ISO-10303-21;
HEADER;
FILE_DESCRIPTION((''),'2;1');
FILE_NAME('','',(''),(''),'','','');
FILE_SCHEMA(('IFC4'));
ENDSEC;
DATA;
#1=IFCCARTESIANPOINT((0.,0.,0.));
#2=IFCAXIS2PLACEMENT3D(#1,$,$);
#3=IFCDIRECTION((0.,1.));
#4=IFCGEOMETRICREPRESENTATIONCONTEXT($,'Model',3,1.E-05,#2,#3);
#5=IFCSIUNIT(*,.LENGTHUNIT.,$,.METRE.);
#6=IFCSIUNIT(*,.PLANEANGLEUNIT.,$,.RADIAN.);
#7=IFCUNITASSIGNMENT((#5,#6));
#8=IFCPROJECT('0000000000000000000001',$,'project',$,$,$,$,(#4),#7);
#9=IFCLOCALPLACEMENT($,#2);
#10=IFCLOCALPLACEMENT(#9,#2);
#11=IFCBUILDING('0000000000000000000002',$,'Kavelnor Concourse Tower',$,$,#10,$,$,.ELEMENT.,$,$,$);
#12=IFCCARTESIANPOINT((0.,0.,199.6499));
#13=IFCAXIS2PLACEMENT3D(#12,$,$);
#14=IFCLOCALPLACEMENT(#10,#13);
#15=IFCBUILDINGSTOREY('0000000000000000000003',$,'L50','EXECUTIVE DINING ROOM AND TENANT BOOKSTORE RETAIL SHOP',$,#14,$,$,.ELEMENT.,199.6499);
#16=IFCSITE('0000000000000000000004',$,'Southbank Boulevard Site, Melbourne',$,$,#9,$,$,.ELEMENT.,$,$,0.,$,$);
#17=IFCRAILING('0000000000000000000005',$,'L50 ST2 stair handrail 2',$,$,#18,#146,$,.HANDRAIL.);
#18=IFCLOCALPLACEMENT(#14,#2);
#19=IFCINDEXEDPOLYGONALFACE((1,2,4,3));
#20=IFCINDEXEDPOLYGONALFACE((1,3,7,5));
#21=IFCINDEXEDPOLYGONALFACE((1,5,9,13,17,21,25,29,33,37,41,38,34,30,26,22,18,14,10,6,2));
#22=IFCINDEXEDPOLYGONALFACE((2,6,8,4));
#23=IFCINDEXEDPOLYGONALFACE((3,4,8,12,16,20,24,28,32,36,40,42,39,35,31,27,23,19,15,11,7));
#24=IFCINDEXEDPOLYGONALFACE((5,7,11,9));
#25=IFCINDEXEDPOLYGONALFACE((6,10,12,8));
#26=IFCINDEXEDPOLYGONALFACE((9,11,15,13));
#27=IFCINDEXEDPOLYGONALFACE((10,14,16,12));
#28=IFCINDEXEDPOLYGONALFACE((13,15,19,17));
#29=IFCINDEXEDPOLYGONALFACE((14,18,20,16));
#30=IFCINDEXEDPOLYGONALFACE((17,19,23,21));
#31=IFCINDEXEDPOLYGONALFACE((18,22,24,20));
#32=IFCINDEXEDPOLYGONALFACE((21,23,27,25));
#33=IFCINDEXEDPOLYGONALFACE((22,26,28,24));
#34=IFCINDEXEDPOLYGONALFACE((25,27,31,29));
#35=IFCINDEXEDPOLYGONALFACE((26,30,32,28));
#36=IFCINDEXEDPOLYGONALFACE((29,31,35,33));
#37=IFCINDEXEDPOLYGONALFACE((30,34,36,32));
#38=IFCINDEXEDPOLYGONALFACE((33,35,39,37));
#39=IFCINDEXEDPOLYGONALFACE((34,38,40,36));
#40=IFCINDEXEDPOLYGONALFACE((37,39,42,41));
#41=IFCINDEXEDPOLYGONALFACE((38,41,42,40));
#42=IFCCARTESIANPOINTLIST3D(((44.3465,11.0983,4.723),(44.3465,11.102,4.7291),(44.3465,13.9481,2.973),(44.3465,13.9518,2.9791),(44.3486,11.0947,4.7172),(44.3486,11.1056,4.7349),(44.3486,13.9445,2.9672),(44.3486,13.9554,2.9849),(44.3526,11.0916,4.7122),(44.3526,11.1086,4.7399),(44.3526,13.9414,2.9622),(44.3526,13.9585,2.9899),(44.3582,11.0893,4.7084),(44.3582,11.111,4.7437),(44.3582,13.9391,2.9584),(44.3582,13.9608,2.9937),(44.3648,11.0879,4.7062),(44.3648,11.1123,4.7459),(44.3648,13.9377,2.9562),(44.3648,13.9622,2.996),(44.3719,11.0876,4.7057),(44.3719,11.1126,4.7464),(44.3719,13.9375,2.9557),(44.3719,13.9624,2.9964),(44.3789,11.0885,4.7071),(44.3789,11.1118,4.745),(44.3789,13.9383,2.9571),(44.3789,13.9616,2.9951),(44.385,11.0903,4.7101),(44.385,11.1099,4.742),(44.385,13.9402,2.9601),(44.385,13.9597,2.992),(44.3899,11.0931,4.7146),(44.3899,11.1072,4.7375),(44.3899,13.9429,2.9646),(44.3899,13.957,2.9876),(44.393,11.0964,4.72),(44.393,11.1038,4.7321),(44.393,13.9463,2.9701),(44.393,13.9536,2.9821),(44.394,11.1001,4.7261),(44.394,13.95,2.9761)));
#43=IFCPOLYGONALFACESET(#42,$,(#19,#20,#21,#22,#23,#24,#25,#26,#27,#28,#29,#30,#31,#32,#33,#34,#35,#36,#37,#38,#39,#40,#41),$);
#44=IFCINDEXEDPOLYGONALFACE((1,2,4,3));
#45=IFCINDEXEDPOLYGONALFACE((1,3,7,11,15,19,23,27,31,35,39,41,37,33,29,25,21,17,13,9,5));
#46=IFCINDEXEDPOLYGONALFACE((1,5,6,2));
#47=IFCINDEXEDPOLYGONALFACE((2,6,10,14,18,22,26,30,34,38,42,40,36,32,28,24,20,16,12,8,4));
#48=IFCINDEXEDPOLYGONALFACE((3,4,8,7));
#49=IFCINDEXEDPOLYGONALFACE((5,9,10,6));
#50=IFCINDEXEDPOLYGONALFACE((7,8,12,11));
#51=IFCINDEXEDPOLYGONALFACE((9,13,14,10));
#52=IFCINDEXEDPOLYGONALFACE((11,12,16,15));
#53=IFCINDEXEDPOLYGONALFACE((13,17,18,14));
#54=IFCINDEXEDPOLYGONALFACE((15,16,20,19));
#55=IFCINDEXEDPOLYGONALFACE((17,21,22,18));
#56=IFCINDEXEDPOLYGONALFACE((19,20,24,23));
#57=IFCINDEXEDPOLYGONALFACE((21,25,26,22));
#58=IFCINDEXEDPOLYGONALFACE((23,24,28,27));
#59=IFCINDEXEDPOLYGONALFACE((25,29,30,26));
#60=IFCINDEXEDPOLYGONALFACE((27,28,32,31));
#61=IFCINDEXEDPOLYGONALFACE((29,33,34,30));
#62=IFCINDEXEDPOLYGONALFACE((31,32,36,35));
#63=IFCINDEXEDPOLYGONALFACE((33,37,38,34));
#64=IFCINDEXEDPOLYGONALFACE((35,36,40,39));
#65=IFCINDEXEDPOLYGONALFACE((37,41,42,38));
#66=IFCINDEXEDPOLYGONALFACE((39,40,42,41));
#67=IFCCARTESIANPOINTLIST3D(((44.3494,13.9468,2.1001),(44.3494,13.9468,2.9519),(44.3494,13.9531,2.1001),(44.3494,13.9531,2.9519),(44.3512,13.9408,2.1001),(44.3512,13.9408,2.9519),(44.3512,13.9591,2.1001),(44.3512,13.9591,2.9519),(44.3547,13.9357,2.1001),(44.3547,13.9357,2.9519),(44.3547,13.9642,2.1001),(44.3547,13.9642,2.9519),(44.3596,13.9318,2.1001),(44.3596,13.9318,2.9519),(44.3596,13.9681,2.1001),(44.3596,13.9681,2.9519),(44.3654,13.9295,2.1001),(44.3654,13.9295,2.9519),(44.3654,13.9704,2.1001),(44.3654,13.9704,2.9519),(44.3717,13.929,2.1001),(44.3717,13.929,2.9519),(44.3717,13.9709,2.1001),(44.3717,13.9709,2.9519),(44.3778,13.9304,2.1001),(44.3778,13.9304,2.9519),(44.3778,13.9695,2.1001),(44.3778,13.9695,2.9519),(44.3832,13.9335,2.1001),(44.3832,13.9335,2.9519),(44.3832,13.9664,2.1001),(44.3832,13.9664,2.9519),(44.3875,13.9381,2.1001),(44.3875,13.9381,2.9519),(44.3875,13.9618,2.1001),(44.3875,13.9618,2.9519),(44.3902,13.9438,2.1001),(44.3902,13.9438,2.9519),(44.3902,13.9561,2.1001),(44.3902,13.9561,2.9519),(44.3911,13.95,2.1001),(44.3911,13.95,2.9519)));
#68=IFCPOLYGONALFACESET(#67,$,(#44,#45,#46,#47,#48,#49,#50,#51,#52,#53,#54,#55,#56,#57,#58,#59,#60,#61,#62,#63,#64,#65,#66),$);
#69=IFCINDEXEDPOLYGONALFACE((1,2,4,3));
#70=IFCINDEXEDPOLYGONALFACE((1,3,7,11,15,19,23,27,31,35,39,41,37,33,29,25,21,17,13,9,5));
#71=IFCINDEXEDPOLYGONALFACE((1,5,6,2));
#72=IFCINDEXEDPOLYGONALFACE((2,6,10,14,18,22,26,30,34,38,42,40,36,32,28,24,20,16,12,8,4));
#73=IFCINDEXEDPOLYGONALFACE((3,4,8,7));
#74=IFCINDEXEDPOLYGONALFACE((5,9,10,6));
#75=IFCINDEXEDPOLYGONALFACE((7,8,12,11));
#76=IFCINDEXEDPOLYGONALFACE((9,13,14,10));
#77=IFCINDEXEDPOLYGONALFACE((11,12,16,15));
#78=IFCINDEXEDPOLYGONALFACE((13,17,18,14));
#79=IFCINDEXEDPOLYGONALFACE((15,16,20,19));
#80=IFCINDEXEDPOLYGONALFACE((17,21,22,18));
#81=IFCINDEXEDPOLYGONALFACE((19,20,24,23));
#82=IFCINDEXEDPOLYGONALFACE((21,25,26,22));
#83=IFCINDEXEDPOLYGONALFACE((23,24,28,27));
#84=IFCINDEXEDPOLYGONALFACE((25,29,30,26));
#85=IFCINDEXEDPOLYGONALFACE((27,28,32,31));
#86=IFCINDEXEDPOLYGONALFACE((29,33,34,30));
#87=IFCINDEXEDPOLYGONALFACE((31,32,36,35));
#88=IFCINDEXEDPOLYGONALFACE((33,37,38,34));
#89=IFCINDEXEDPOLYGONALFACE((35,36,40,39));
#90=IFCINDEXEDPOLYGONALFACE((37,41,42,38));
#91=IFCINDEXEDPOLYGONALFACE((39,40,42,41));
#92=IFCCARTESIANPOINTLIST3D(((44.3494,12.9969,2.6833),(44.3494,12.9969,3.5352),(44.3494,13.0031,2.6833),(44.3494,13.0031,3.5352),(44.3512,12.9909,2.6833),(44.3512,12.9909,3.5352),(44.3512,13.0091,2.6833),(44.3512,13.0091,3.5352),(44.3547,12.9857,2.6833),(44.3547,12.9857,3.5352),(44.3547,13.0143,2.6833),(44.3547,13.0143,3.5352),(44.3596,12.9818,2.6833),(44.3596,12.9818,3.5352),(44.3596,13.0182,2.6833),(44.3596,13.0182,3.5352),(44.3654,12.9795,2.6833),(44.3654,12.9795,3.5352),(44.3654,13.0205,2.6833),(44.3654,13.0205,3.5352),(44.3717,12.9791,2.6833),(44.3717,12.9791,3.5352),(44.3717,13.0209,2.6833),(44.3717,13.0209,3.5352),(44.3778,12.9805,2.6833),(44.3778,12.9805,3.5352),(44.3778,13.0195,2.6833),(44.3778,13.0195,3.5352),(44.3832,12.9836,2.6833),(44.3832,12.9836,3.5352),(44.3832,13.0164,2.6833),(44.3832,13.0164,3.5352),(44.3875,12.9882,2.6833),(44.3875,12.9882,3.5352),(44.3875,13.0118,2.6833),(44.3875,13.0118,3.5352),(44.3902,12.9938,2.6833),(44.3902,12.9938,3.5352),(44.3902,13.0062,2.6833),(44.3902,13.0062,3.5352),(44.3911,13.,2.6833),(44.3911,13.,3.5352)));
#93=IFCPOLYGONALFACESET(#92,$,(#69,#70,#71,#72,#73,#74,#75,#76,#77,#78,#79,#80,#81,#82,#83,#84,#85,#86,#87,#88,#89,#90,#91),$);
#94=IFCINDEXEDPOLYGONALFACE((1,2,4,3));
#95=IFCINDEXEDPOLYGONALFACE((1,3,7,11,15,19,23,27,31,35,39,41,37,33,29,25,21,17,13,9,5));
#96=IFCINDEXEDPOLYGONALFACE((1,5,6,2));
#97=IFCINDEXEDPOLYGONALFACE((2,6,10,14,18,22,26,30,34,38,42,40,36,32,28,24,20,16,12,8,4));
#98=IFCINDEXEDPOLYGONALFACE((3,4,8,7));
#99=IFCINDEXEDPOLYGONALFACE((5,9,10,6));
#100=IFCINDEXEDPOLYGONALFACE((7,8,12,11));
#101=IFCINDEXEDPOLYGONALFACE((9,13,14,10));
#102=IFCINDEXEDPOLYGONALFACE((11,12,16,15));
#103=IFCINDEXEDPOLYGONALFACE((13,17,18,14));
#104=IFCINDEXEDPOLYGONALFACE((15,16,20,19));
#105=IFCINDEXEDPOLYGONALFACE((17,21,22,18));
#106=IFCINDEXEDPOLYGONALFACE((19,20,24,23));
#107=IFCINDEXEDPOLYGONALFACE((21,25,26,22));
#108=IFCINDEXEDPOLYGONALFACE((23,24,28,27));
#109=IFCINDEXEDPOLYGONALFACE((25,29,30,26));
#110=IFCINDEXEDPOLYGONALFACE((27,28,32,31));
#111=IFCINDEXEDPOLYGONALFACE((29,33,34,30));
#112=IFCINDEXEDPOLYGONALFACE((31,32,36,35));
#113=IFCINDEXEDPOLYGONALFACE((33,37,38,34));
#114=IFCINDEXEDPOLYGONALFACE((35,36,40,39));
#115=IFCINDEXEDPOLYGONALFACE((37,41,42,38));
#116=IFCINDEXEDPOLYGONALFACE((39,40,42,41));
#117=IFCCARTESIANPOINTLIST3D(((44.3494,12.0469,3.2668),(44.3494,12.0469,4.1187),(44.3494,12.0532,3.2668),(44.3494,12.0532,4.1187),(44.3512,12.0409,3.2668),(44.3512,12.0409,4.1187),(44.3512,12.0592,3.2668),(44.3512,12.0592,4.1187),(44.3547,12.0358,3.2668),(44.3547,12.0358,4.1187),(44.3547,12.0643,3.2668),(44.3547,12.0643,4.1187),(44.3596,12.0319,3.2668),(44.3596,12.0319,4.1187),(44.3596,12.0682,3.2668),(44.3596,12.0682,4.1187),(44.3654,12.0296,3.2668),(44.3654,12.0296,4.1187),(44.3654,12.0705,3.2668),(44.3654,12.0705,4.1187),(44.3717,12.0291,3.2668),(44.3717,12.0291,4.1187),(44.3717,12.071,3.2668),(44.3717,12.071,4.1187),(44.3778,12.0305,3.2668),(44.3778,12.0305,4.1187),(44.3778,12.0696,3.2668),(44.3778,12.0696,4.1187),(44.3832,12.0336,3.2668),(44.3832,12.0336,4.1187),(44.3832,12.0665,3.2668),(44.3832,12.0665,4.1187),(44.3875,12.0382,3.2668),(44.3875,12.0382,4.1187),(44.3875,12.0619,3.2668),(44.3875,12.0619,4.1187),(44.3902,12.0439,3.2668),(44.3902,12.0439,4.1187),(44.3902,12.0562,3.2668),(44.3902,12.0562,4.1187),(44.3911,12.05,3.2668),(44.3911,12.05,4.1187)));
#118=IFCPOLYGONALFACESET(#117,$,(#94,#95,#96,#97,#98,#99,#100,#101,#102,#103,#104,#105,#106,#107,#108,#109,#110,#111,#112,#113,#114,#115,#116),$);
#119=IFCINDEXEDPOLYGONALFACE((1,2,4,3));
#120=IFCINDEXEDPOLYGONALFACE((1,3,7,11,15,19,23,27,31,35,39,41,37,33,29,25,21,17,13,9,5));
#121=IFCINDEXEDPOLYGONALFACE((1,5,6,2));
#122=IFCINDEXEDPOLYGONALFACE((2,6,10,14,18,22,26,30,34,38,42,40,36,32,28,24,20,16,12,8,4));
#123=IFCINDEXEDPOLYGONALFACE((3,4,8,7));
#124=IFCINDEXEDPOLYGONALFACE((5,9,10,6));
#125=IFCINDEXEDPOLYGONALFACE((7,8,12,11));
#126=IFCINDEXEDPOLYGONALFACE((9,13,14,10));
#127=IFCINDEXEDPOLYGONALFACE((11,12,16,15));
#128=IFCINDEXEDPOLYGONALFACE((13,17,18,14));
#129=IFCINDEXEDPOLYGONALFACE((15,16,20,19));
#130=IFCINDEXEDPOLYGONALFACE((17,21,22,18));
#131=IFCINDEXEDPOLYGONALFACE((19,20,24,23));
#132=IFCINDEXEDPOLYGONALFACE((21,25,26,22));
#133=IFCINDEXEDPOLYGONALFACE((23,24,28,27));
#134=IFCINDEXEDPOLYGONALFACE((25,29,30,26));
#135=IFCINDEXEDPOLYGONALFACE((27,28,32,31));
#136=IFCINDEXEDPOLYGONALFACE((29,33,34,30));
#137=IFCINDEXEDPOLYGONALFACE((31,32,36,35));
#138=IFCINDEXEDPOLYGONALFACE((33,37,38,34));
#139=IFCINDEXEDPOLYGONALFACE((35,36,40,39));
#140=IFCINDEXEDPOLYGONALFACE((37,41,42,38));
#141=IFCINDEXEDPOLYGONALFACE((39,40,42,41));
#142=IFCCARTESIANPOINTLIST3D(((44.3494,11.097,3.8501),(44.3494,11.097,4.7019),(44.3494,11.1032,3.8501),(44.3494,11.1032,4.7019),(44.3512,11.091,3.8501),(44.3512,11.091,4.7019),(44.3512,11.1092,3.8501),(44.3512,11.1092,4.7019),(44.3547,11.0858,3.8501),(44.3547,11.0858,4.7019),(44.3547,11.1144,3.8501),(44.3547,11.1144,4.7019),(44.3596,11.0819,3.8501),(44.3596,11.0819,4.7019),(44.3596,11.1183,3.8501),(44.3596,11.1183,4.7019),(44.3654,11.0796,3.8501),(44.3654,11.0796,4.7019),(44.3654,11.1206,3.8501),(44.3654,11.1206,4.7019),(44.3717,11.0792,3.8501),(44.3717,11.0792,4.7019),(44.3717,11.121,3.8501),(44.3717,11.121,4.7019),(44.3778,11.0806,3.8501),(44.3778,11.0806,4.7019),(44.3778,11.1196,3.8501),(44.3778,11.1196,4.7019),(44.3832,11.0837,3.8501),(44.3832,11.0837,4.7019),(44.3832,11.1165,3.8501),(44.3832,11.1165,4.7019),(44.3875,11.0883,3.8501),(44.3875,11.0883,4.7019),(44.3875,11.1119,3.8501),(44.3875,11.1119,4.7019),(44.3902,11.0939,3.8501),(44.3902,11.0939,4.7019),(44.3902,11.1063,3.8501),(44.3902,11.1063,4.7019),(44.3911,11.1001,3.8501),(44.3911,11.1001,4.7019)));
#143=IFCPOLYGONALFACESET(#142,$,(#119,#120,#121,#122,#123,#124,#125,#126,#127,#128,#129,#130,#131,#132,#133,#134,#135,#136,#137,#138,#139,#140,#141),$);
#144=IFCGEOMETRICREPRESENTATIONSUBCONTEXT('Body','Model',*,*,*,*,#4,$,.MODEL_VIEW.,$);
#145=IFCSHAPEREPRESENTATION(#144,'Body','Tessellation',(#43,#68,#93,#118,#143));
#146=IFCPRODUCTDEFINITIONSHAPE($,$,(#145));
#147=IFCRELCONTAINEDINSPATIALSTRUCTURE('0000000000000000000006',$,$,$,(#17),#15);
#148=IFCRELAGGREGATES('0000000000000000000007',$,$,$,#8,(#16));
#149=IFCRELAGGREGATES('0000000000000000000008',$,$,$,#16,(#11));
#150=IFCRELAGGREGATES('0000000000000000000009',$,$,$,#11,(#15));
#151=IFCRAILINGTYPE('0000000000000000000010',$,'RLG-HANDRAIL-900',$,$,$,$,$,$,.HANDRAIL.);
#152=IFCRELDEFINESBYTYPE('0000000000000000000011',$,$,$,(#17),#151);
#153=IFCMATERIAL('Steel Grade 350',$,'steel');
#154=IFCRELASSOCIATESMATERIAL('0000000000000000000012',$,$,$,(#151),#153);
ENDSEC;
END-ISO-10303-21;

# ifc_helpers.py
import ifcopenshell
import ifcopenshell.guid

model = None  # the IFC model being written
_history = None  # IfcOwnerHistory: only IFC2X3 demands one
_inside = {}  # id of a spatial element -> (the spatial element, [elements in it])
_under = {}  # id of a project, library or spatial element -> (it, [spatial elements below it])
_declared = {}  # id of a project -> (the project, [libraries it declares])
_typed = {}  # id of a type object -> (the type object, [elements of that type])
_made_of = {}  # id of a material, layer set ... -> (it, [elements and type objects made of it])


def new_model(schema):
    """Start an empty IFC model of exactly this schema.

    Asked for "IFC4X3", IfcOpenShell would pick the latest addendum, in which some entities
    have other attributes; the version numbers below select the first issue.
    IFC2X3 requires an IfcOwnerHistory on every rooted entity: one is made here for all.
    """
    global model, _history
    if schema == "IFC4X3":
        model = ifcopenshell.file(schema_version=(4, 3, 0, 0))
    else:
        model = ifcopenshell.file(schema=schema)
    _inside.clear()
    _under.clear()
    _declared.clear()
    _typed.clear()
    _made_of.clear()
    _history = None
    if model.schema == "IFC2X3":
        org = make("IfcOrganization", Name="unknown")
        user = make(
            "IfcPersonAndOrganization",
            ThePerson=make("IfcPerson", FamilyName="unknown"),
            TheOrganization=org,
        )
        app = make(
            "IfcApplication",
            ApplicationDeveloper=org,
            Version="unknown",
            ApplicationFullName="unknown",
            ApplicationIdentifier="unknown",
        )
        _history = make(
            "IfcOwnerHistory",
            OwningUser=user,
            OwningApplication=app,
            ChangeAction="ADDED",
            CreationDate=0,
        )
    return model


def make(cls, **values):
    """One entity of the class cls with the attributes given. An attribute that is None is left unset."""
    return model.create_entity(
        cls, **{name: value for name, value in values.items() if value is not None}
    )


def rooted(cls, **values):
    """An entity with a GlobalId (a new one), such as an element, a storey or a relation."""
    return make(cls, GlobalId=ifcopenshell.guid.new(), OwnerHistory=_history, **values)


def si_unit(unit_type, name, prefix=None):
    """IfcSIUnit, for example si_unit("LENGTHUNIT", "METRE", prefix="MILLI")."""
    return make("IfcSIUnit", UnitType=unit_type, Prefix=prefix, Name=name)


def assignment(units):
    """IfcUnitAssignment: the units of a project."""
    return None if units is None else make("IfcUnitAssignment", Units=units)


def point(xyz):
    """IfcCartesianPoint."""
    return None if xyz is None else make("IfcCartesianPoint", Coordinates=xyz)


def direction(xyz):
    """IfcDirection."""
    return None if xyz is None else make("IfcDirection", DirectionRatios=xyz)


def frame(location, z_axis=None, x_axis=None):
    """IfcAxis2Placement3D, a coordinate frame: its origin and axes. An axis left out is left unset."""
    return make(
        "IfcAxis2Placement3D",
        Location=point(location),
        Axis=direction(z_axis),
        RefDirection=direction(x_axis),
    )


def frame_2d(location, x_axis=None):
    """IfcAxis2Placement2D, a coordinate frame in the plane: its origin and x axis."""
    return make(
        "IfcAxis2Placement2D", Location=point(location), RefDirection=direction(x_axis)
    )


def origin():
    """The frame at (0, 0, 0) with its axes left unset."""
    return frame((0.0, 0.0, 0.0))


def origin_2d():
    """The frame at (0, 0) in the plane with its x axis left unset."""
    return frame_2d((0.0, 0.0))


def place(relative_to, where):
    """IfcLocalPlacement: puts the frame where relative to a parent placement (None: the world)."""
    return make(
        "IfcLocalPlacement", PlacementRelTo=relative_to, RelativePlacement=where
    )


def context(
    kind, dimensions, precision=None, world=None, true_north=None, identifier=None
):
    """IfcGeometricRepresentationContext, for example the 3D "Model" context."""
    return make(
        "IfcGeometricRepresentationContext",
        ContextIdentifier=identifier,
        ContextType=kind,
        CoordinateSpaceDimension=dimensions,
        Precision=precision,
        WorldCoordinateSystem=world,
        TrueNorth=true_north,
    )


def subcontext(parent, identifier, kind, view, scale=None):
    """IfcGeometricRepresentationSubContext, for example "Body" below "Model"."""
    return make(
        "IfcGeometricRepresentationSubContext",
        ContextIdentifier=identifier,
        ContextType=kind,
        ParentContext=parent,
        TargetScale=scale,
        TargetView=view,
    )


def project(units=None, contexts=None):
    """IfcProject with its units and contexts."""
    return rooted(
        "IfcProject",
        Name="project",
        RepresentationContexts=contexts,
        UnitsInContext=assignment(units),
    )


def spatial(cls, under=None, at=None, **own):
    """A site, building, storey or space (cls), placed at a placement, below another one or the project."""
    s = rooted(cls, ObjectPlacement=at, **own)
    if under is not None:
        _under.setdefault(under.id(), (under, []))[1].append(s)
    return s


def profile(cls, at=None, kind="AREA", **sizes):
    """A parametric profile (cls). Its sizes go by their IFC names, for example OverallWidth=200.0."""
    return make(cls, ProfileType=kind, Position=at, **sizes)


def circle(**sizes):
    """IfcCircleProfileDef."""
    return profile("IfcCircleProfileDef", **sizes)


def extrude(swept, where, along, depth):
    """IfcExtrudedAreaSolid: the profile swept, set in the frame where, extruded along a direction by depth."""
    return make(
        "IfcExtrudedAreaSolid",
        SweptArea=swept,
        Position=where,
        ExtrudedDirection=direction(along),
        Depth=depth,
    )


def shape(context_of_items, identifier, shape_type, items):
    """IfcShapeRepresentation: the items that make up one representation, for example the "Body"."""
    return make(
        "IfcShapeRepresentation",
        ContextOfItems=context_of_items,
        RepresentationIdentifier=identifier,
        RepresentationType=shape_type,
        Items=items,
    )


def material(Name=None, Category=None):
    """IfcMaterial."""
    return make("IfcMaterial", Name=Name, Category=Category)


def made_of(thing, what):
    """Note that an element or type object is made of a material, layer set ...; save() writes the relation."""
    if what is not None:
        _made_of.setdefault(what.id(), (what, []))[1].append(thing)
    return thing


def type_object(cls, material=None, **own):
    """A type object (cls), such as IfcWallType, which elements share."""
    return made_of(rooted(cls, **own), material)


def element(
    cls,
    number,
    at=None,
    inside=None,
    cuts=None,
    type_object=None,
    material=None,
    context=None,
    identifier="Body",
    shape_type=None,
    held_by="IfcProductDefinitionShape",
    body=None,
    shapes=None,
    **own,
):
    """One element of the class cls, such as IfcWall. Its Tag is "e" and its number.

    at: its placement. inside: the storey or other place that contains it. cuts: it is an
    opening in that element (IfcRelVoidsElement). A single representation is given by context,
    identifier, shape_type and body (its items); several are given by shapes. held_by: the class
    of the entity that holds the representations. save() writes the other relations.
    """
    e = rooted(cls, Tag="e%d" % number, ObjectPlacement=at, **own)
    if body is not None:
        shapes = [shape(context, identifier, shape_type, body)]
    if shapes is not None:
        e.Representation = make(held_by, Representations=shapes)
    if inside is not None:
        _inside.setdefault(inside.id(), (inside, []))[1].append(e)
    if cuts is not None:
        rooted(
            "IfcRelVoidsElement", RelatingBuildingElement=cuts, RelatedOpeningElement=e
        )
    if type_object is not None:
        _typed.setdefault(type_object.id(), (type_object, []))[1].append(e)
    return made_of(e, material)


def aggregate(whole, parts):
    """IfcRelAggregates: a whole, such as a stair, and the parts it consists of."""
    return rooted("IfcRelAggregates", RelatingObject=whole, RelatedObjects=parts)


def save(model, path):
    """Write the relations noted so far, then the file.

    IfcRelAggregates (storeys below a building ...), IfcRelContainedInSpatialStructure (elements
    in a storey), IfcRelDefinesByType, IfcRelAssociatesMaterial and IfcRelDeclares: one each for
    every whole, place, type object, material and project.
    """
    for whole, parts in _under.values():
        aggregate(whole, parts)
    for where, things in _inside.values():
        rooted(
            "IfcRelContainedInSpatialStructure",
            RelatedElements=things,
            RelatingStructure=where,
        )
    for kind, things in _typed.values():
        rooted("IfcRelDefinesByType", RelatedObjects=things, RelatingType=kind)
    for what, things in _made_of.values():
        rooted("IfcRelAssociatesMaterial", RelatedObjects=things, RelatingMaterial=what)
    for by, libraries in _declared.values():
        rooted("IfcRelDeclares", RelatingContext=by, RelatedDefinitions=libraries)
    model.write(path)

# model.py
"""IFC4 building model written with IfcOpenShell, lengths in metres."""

from ifc_helpers import new_model, si_unit, direction, frame, origin, origin_2d, place, context, subcontext, project, spatial, circle, extrude, material, type_object, element, save


model = new_model("IFC4")

# Units and contexts
model_context = context("Model", 3, precision=1e-05, world=origin(), true_north=direction((0.0, 1.0)))
body_context = subcontext(model_context, "Body", "Model", "MODEL_VIEW")
ifc_project = project(units=[si_unit("LENGTHUNIT", "METRE"), si_unit("PLANEANGLEUNIT", "RADIAN")], contexts=[model_context])

# Site, building, storey
site_placement = place(None, origin())
site = spatial("IfcSite", under=ifc_project, at=site_placement, Name="Southbank Boulevard Site, Melbourne", CompositionType="ELEMENT", RefElevation=0.0)
building_placement = place(site_placement, origin())
building = spatial("IfcBuilding", under=site, at=building_placement, Name="Kavelnor Concourse Tower", CompositionType="ELEMENT")
storey_placement = place(building_placement, frame((0.0, 0.0, 199.6499)))
storey = spatial("IfcBuildingStorey", under=building, at=storey_placement, Name="L50", Description="EXECUTIVE DINING ROOM AND TENANT BOOKSTORE RETAIL SHOP", CompositionType="ELEMENT", Elevation=199.6499)

# Shared definitions
ifc_material_1 = material(Name="Steel Grade 350", Category="steel")

# Railing
railing_type_1 = type_object("IfcRailingType", Name="RLG-HANDRAIL-900", PredefinedType="HANDRAIL", material=ifc_material_1)
railing_1_placement = place(storey_placement, frame((44.3701, 13.95, 2.1001)))
element("IfcRailing", 1, at=railing_1_placement, inside=storey, type_object=railing_type_1, Name="L50 ST2 stair handrail 2", PredefinedType="HANDRAIL", context=body_context, shape_type="SweptSolid", body=[
    extrude(circle(Radius=0.0239, at=origin_2d()), frame((0.0, 0.0, 0.876), z_axis=(0.0, -0.852159, 0.523283), x_axis=(1.0, 0.0, 0.0)), (0.0, 0.0, 1.0), 3.3442),
    extrude(circle(Radius=0.021, at=origin_2d()), origin(), (0.0, 0.0, 1.0), 0.8518),
    extrude(circle(Radius=0.021, at=origin_2d()), frame((0.0, -0.95, 0.5833)), (0.0, 0.0, 1.0), 0.8518),
    extrude(circle(Radius=0.021, at=origin_2d()), frame((0.0, -1.8999, 1.1667)), (0.0, 0.0, 1.0), 0.8518),
    extrude(circle(Radius=0.021, at=origin_2d()), frame((0.0, -2.8499, 1.75)), (0.0, 0.0, 1.0), 0.8518),
])

save(model, "model.ifc")
